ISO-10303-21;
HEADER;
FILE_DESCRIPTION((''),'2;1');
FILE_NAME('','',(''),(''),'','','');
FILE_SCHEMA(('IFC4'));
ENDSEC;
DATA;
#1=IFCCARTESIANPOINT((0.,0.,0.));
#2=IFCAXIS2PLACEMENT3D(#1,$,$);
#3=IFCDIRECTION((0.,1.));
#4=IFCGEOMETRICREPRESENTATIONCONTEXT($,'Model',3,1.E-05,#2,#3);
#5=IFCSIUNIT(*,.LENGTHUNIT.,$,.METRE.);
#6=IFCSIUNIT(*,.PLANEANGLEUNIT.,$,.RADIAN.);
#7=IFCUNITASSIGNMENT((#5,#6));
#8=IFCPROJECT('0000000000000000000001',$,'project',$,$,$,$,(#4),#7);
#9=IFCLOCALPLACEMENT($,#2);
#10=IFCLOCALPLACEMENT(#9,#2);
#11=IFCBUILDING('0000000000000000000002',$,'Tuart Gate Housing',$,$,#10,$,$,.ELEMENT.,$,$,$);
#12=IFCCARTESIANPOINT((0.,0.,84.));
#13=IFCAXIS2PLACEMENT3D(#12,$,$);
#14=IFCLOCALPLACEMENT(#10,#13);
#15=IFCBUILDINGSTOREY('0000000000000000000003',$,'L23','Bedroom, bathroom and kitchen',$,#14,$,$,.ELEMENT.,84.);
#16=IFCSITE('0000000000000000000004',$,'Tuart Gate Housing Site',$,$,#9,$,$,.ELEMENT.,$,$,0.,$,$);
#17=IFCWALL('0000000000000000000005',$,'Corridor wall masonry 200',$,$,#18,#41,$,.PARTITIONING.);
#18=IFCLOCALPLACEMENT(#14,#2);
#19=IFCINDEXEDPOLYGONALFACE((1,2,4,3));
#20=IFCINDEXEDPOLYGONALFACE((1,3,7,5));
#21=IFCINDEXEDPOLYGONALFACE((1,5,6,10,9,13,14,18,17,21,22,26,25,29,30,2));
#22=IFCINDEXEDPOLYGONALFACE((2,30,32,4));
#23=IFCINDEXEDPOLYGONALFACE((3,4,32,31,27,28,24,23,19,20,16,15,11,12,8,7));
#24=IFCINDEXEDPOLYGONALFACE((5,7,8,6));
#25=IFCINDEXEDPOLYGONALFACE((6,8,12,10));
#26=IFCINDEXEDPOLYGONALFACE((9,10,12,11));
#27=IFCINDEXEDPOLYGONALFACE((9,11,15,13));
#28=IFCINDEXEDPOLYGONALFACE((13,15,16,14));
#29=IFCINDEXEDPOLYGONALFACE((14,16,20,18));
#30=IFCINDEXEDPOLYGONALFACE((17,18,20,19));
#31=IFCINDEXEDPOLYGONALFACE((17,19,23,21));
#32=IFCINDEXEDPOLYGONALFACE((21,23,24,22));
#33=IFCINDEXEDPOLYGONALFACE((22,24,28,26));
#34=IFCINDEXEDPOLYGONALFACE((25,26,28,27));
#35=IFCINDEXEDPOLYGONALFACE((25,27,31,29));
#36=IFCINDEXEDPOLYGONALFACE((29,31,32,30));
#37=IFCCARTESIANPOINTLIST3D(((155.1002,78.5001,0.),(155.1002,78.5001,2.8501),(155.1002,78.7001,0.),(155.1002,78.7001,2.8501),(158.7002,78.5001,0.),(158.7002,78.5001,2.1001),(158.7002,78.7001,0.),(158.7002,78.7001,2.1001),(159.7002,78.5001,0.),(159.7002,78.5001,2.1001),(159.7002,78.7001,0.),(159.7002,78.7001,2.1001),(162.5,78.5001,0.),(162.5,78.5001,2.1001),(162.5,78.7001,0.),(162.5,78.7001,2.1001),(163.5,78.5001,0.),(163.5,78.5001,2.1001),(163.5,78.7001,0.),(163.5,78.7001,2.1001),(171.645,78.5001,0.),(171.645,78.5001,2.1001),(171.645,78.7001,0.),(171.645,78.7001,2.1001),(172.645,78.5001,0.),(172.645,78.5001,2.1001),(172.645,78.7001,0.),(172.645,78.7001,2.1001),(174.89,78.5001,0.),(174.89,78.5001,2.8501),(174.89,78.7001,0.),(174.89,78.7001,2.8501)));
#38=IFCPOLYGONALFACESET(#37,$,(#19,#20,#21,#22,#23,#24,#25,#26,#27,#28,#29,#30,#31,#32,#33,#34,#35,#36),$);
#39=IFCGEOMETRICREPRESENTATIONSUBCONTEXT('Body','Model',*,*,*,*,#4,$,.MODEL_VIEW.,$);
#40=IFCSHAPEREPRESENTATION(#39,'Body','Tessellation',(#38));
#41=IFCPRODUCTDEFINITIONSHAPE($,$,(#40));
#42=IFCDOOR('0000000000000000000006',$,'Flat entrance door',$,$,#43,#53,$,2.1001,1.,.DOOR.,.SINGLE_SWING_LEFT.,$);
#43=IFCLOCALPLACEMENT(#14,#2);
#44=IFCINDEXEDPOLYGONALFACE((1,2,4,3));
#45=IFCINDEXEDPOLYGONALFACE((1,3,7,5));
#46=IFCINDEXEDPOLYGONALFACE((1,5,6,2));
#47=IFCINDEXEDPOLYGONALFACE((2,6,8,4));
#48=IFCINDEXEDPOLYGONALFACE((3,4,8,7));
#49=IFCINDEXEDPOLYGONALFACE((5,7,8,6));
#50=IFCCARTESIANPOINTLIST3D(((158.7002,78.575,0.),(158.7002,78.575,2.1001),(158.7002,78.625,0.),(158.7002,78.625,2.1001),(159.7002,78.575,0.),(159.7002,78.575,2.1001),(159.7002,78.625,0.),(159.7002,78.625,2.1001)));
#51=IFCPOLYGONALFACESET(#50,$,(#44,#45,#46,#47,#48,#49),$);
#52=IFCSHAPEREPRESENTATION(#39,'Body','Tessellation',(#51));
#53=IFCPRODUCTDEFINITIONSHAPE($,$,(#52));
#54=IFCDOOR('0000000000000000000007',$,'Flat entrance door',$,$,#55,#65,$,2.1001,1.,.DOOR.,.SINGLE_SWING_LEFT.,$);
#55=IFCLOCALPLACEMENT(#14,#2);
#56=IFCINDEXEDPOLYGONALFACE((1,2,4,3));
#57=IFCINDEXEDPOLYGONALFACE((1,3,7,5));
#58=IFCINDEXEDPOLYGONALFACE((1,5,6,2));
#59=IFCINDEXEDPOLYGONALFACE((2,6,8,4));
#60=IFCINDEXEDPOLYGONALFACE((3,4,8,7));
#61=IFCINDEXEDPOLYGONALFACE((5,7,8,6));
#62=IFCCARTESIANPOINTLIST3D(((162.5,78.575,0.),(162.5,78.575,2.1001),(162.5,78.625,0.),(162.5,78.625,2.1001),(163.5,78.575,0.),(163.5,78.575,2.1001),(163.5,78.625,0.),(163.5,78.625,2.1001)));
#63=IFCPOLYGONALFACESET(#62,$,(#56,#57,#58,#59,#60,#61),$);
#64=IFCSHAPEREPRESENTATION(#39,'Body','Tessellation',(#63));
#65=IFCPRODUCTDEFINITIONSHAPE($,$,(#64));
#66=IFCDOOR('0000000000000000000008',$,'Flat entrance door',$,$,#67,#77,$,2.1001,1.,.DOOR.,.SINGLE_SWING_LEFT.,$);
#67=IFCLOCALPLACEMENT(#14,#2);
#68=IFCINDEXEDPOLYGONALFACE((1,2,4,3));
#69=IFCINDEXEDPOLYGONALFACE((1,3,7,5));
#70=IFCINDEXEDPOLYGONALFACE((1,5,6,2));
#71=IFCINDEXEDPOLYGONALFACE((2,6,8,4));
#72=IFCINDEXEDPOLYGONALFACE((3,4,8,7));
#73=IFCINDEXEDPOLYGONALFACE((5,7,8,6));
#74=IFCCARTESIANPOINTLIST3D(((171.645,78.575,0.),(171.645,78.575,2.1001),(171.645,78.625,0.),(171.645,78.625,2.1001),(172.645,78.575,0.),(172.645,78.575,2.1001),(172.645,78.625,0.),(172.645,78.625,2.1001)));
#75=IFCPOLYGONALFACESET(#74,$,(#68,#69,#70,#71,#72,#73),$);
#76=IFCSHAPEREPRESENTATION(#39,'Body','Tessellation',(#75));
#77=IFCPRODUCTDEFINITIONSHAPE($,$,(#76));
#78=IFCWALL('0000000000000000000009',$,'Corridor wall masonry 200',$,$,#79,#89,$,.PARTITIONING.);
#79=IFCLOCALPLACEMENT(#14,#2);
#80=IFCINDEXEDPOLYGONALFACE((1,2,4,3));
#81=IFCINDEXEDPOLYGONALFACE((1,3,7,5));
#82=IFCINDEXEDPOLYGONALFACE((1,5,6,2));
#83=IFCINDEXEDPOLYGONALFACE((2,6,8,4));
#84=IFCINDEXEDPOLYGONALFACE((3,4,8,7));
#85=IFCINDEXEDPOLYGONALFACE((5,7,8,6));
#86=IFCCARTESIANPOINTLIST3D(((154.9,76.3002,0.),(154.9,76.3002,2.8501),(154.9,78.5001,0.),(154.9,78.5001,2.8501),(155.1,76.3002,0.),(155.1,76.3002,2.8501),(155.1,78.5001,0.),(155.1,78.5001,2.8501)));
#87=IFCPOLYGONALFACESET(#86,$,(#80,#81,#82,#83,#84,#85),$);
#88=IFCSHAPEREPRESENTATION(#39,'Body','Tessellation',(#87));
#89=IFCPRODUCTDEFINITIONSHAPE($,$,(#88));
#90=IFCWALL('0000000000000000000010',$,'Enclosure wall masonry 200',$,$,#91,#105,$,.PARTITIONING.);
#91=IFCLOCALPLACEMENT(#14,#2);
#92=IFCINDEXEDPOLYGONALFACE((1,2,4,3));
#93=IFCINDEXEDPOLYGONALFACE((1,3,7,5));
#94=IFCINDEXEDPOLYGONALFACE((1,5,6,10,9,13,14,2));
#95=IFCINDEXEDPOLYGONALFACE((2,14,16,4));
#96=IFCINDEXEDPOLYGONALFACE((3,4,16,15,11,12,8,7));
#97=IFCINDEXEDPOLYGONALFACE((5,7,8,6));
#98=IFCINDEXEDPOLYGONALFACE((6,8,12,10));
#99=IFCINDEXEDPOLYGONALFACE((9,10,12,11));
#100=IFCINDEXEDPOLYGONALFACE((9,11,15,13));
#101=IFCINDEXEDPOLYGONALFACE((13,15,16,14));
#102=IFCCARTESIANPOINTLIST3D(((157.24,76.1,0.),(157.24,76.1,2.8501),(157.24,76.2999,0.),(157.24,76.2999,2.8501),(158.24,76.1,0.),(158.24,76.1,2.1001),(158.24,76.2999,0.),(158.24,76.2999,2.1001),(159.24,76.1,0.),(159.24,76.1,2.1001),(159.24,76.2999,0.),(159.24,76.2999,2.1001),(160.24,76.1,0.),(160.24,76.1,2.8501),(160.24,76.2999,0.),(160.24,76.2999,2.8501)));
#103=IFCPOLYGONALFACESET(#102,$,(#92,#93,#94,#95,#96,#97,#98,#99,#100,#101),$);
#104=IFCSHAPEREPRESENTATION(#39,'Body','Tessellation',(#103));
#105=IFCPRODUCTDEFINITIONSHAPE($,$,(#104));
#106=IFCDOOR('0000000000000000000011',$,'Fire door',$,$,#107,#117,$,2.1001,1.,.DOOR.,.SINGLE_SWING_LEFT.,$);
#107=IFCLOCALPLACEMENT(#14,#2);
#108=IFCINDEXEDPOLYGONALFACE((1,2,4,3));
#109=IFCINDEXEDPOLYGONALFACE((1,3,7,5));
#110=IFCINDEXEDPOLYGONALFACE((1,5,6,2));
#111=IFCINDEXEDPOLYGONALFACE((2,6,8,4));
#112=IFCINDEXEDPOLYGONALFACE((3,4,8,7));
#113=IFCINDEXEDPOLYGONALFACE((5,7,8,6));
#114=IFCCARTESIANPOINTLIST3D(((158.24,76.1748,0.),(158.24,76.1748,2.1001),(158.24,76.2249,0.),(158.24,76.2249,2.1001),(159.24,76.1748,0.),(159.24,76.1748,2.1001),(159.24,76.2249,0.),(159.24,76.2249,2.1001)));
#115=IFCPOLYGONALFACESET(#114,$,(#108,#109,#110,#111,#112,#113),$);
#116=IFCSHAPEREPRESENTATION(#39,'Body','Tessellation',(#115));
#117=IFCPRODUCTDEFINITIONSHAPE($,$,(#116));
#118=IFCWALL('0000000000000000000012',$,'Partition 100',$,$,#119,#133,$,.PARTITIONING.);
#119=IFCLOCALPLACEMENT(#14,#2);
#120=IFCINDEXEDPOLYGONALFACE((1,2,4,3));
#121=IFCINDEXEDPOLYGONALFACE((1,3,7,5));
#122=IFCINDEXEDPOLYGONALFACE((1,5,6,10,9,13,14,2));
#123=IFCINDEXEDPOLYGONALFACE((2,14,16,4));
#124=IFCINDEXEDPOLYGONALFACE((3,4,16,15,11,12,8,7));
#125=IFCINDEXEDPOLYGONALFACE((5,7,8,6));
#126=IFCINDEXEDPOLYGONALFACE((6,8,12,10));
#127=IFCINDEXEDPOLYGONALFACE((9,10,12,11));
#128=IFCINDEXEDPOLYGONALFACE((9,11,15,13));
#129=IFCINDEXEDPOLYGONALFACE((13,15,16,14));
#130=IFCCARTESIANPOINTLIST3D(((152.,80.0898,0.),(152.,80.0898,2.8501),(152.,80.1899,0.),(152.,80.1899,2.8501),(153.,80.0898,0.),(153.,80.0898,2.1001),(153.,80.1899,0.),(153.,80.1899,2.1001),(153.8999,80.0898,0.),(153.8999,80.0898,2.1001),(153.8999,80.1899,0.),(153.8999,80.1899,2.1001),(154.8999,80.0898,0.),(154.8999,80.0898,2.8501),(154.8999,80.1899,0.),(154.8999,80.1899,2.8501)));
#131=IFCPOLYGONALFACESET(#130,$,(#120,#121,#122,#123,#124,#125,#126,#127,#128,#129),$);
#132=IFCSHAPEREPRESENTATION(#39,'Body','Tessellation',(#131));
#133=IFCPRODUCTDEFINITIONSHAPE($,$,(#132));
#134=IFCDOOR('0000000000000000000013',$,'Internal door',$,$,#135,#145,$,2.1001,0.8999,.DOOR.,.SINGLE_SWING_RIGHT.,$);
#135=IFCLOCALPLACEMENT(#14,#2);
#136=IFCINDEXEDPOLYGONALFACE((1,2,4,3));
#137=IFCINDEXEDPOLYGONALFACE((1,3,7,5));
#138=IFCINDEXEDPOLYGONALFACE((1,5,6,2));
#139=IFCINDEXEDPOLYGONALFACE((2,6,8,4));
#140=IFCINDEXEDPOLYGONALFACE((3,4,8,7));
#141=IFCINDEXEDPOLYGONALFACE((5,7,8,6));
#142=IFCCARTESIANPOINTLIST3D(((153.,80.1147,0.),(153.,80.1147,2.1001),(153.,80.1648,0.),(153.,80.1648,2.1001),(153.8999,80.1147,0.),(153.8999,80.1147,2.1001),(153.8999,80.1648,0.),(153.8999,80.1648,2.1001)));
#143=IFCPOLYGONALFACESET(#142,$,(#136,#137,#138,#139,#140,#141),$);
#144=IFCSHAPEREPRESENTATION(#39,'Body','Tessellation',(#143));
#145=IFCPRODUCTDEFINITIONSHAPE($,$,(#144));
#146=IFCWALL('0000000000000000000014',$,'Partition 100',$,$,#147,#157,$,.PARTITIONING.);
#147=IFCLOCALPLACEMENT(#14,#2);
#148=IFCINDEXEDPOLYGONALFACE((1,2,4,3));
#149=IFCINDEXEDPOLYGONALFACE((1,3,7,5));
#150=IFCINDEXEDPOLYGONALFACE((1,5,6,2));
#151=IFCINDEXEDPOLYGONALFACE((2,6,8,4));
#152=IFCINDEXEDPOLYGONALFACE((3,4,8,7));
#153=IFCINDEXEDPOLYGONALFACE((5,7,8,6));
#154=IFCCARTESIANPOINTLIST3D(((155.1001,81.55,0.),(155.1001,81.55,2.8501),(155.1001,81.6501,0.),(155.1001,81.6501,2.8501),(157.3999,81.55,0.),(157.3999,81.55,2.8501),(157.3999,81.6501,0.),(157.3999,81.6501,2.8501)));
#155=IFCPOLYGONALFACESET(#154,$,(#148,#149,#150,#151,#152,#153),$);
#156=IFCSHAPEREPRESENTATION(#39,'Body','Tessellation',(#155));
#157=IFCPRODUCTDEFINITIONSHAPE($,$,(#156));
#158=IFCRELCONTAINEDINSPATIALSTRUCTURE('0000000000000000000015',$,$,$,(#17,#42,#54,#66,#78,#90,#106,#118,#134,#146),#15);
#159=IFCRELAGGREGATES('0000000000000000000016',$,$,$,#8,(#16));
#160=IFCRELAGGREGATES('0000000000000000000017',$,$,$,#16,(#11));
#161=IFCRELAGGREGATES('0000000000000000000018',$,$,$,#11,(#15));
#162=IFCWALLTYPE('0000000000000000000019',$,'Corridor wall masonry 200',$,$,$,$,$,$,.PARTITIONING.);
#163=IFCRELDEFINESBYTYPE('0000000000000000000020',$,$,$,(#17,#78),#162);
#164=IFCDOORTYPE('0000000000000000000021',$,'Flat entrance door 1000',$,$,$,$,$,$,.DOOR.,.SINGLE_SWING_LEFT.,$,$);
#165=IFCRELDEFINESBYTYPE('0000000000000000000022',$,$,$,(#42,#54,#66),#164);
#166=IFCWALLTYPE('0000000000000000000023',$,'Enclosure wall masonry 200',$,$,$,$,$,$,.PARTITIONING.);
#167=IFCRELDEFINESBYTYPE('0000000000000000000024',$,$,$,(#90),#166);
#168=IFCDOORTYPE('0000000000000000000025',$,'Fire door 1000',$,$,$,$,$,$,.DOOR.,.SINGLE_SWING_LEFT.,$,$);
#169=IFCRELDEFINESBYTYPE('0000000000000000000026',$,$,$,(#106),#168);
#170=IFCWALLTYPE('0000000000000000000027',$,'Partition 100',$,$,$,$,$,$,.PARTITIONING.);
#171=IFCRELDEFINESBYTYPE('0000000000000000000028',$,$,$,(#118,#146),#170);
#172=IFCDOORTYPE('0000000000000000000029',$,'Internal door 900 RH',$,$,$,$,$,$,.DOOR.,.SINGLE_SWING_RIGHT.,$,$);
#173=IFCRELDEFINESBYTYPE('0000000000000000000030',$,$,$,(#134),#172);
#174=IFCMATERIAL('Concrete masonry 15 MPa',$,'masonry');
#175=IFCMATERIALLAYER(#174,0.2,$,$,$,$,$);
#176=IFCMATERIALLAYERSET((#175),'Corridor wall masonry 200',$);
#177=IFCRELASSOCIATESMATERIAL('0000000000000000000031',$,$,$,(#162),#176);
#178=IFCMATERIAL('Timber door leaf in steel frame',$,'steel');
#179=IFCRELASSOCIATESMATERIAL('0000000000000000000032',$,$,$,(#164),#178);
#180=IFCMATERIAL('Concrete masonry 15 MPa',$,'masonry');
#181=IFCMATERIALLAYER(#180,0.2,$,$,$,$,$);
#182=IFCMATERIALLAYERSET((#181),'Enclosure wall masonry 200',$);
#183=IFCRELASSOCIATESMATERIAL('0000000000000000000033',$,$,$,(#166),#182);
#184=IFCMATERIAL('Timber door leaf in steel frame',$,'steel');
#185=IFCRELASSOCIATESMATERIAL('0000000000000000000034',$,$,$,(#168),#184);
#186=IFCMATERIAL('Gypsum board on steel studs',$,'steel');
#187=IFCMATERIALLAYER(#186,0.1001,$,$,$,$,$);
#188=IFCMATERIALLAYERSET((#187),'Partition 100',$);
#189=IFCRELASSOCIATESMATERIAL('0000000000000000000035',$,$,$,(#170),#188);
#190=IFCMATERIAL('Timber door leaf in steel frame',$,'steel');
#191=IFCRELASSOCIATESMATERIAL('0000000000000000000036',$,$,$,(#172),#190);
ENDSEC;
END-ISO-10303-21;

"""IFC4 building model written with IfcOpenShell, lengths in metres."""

from ifc_helpers import new_model, si_unit, direction, frame, frame_2d, origin, place, context, subcontext, project, spatial, rectangle, extrude, material, layer, layer_set, type_object, element, fill, save


model = new_model("IFC4")

# Units and contexts
model_context = context("Model", 3, precision=1e-05, world=origin(), true_north=direction((0.0, 1.0)))
body_context = subcontext(model_context, "Body", "Model", "MODEL_VIEW")
ifc_project = project(units=[si_unit("LENGTHUNIT", "METRE"), si_unit("PLANEANGLEUNIT", "RADIAN")], contexts=[model_context])

# Site, building, storey
site_placement = place(None, origin())
site = spatial("IfcSite", under=ifc_project, at=site_placement, Name="Tuart Gate Housing Site", CompositionType="ELEMENT", RefElevation=0.0)
building_placement = place(site_placement, origin())
building = spatial("IfcBuilding", under=site, at=building_placement, Name="Tuart Gate Housing", CompositionType="ELEMENT")
storey_placement = place(building_placement, frame((0.0, 0.0, 84.0)))
storey = spatial("IfcBuildingStorey", under=building, at=storey_placement, Name="L23", Description="Bedroom, bathroom and kitchen", CompositionType="ELEMENT", Elevation=84.0)

# Shared definitions
ifc_material_1 = material(Name="Concrete masonry 15 MPa", Category="masonry")
ifc_layer_1 = layer(ifc_material_1, 0.2)
ifc_layer_set_1 = layer_set([ifc_layer_1], Name="Corridor wall masonry 200")
wall_type_1 = type_object("IfcWallType", Name="Corridor wall masonry 200", PredefinedType="PARTITIONING", material=ifc_layer_set_1)

# Wall, openings, doors
wall_1_placement = place(storey_placement, frame((155.1001, 78.6001, 0.0), z_axis=(0.0, 0.0, 1.0), x_axis=(1.0, 0.0, 0.0)))
wall_1 = element("IfcWall", 1, at=wall_1_placement, inside=storey, type_object=wall_type_1, Name="Corridor wall masonry 200", PredefinedType="PARTITIONING", context=body_context, shape_type="SweptSolid", body=[
    extrude(rectangle(XDim=19.7898, YDim=0.2, at=frame_2d((9.895, 0.0))), origin(), (0.0, 0.0, 1.0), 2.8501),
])
opening_1_placement = place(wall_1_placement, frame((3.6001, 0.0, 0.0)))
opening_1 = element("IfcOpeningElement", 2, at=opening_1_placement, cuts=wall_1, PredefinedType="OPENING", context=body_context, shape_type="SweptSolid", body=[
    extrude(rectangle(XDim=1.0, YDim=2.1001, at=frame_2d((0.5, 1.05))), frame((0.0, 0.1099, 0.0), z_axis=(0.0, -1.0, 0.0), x_axis=(1.0, 0.0, 0.0)), (0.0, 0.0, 1.0), 0.22),
])
opening_2_placement = place(wall_1_placement, frame((7.3999, 0.0, 0.0)))
opening_2 = element("IfcOpeningElement", 3, at=opening_2_placement, cuts=wall_1, PredefinedType="OPENING", context=body_context, shape_type="SweptSolid", body=[
    extrude(rectangle(XDim=1.0, YDim=2.1001, at=frame_2d((0.5, 1.05))), frame((0.0, 0.1099, 0.0), z_axis=(0.0, -1.0, 0.0), x_axis=(1.0, 0.0, 0.0)), (0.0, 0.0, 1.0), 0.22),
])
opening_3_placement = place(wall_1_placement, frame((16.5449, 0.0, 0.0)))
opening_3 = element("IfcOpeningElement", 4, at=opening_3_placement, cuts=wall_1, PredefinedType="OPENING", context=body_context, shape_type="SweptSolid", body=[
    extrude(rectangle(XDim=1.0, YDim=2.1001, at=frame_2d((0.5, 1.05))), frame((0.0, 0.1099, 0.0), z_axis=(0.0, -1.0, 0.0), x_axis=(1.0, 0.0, 0.0)), (0.0, 0.0, 1.0), 0.22),
])
ifc_material_2 = material(Name="Timber door leaf in steel frame", Category="steel")
door_type_1 = type_object("IfcDoorType", Name="Flat entrance door 1000", OperationType="SINGLE_SWING_LEFT", PredefinedType="DOOR", material=ifc_material_2)
door_1_placement = place(opening_1_placement, origin())
door_1 = element("IfcDoor", 5, at=door_1_placement, inside=storey, type_object=door_type_1, Name="Flat entrance door", OperationType="SINGLE_SWING_LEFT", OverallHeight=2.1001, OverallWidth=1.0, PredefinedType="DOOR", context=body_context, shape_type="SweptSolid", body=[
    extrude(rectangle(XDim=1.0, YDim=2.1001, at=frame_2d((0.5, 1.05))), frame((0.0, 0.0249, 0.0), z_axis=(0.0, -1.0, 0.0), x_axis=(1.0, 0.0, 0.0)), (0.0, 0.0, 1.0), 0.05),
])
fill(opening_1, door_1)
door_2_placement = place(opening_2_placement, origin())
door_2 = element("IfcDoor", 6, at=door_2_placement, inside=storey, type_object=door_type_1, Name="Flat entrance door", OperationType="SINGLE_SWING_LEFT", OverallHeight=2.1001, OverallWidth=1.0, PredefinedType="DOOR", context=body_context, shape_type="SweptSolid", body=[
    extrude(rectangle(XDim=1.0, YDim=2.1001, at=frame_2d((0.5, 1.05))), frame((0.0, 0.0249, 0.0), z_axis=(0.0, -1.0, 0.0), x_axis=(1.0, 0.0, 0.0)), (0.0, 0.0, 1.0), 0.05),
])
fill(opening_2, door_2)
door_3_placement = place(opening_3_placement, origin())
door_3 = element("IfcDoor", 7, at=door_3_placement, inside=storey, type_object=door_type_1, Name="Flat entrance door", OperationType="SINGLE_SWING_LEFT", OverallHeight=2.1001, OverallWidth=1.0, PredefinedType="DOOR", context=body_context, shape_type="SweptSolid", body=[
    extrude(rectangle(XDim=1.0, YDim=2.1001, at=frame_2d((0.5, 1.05))), frame((0.0, 0.0249, 0.0), z_axis=(0.0, -1.0, 0.0), x_axis=(1.0, 0.0, 0.0)), (0.0, 0.0, 1.0), 0.05),
])
fill(opening_3, door_3)

# Wall
wall_2_placement = place(storey_placement, frame((155.0, 76.3, 0.0), z_axis=(0.0, 0.0, 1.0), x_axis=(0.0, 1.0, 0.0)))
element("IfcWall", 8, at=wall_2_placement, inside=storey, type_object=wall_type_1, Name="Corridor wall masonry 200", PredefinedType="PARTITIONING", context=body_context, shape_type="SweptSolid", body=[
    extrude(rectangle(XDim=2.2, YDim=0.2, at=frame_2d((1.1001, 0.0))), origin(), (0.0, 0.0, 1.0), 2.8501),
])

# Walls, openings, doors
ifc_material_3 = material(Name="Concrete masonry 15 MPa", Category="masonry")
ifc_layer_2 = layer(ifc_material_3, 0.2)
ifc_layer_set_2 = layer_set([ifc_layer_2], Name="Enclosure wall masonry 200")
wall_type_2 = type_object("IfcWallType", Name="Enclosure wall masonry 200", PredefinedType="PARTITIONING", material=ifc_layer_set_2)
wall_3_placement = place(storey_placement, frame((157.24, 76.2, 0.0), z_axis=(0.0, 0.0, 1.0), x_axis=(1.0, 0.0, 0.0)))
wall_3 = element("IfcWall", 9, at=wall_3_placement, inside=storey, type_object=wall_type_2, Name="Enclosure wall masonry 200", PredefinedType="PARTITIONING", context=body_context, shape_type="SweptSolid", body=[
    extrude(rectangle(XDim=3.0, YDim=0.2, at=frame_2d((1.5, 0.0))), origin(), (0.0, 0.0, 1.0), 2.8501),
])
opening_4_placement = place(wall_3_placement, frame((1.0, 0.0, 0.0)))
opening_4 = element("IfcOpeningElement", 10, at=opening_4_placement, cuts=wall_3, PredefinedType="OPENING", context=body_context, shape_type="SweptSolid", body=[
    extrude(rectangle(XDim=1.0, YDim=2.1001, at=frame_2d((0.5, 1.05))), frame((0.0, 0.1099, 0.0), z_axis=(0.0, -1.0, 0.0), x_axis=(1.0, 0.0, 0.0)), (0.0, 0.0, 1.0), 0.22),
])
ifc_material_4 = material(Name="Timber door leaf in steel frame", Category="steel")
door_type_2 = type_object("IfcDoorType", Name="Fire door 1000", OperationType="SINGLE_SWING_LEFT", PredefinedType="DOOR", material=ifc_material_4)
door_4_placement = place(opening_4_placement, origin())
door_4 = element("IfcDoor", 11, at=door_4_placement, inside=storey, type_object=door_type_2, Name="Fire door", OperationType="SINGLE_SWING_LEFT", OverallHeight=2.1001, OverallWidth=1.0, PredefinedType="DOOR", context=body_context, shape_type="SweptSolid", body=[
    extrude(rectangle(XDim=1.0, YDim=2.1001, at=frame_2d((0.5, 1.05))), frame((0.0, 0.0249, 0.0), z_axis=(0.0, -1.0, 0.0), x_axis=(1.0, 0.0, 0.0)), (0.0, 0.0, 1.0), 0.05),
])
fill(opening_4, door_4)
ifc_material_5 = material(Name="Gypsum board on steel studs", Category="steel")
ifc_layer_3 = layer(ifc_material_5, 0.1001)
ifc_layer_set_3 = layer_set([ifc_layer_3], Name="Partition 100")
wall_type_3 = type_object("IfcWallType", Name="Partition 100", PredefinedType="PARTITIONING", material=ifc_layer_set_3)
wall_4_placement = place(storey_placement, frame((152.0, 80.1399, 0.0), z_axis=(0.0, 0.0, 1.0), x_axis=(1.0, 0.0, 0.0)))
wall_4 = element("IfcWall", 12, at=wall_4_placement, inside=storey, type_object=wall_type_3, Name="Partition 100", PredefinedType="PARTITIONING", context=body_context, shape_type="SweptSolid", body=[
    extrude(rectangle(XDim=2.8999, YDim=0.1001, at=frame_2d((1.45, 0.0))), origin(), (0.0, 0.0, 1.0), 2.8501),
])
opening_5_placement = place(wall_4_placement, frame((1.0, 0.0, 0.0)))
opening_5 = element("IfcOpeningElement", 13, at=opening_5_placement, cuts=wall_4, PredefinedType="OPENING", context=body_context, shape_type="SweptSolid", body=[
    extrude(rectangle(XDim=0.8999, YDim=2.1001, at=frame_2d((0.45, 1.05))), frame((0.0, 0.0601, 0.0), z_axis=(0.0, -1.0, 0.0), x_axis=(1.0, 0.0, 0.0)), (0.0, 0.0, 1.0), 0.1201),
])
ifc_material_6 = material(Name="Timber door leaf in steel frame", Category="steel")
door_type_3 = type_object("IfcDoorType", Name="Internal door 900 RH", OperationType="SINGLE_SWING_RIGHT", PredefinedType="DOOR", material=ifc_material_6)
door_5_placement = place(opening_5_placement, frame((0.8999, 0.0, 0.0), z_axis=(0.0, 0.0, 1.0), x_axis=(-1.0, 0.0, 0.0)))
door_5 = element("IfcDoor", 14, at=door_5_placement, inside=storey, type_object=door_type_3, Name="Internal door", OperationType="SINGLE_SWING_RIGHT", OverallHeight=2.1001, OverallWidth=0.8999, PredefinedType="DOOR", context=body_context, shape_type="SweptSolid", body=[
    extrude(rectangle(XDim=0.8999, YDim=2.1001, at=frame_2d((0.45, 1.05))), frame((0.0, 0.0251, 0.0), z_axis=(0.0, -1.0, 0.0), x_axis=(1.0, 0.0, 0.0)), (0.0, 0.0, 1.0), 0.05),
])
fill(opening_5, door_5)

# Wall
wall_5_placement = place(storey_placement, frame((155.1001, 81.6001, 0.0), z_axis=(0.0, 0.0, 1.0), x_axis=(1.0, 0.0, 0.0)))
element("IfcWall", 15, at=wall_5_placement, inside=storey, type_object=wall_type_3, Name="Partition 100", PredefinedType="PARTITIONING", context=body_context, shape_type="SweptSolid", body=[
    extrude(rectangle(XDim=2.2998, YDim=0.1001, at=frame_2d((1.1499, 0.0))), origin(), (0.0, 0.0, 1.0), 2.8501),
])

save(model, "model.ifc")
